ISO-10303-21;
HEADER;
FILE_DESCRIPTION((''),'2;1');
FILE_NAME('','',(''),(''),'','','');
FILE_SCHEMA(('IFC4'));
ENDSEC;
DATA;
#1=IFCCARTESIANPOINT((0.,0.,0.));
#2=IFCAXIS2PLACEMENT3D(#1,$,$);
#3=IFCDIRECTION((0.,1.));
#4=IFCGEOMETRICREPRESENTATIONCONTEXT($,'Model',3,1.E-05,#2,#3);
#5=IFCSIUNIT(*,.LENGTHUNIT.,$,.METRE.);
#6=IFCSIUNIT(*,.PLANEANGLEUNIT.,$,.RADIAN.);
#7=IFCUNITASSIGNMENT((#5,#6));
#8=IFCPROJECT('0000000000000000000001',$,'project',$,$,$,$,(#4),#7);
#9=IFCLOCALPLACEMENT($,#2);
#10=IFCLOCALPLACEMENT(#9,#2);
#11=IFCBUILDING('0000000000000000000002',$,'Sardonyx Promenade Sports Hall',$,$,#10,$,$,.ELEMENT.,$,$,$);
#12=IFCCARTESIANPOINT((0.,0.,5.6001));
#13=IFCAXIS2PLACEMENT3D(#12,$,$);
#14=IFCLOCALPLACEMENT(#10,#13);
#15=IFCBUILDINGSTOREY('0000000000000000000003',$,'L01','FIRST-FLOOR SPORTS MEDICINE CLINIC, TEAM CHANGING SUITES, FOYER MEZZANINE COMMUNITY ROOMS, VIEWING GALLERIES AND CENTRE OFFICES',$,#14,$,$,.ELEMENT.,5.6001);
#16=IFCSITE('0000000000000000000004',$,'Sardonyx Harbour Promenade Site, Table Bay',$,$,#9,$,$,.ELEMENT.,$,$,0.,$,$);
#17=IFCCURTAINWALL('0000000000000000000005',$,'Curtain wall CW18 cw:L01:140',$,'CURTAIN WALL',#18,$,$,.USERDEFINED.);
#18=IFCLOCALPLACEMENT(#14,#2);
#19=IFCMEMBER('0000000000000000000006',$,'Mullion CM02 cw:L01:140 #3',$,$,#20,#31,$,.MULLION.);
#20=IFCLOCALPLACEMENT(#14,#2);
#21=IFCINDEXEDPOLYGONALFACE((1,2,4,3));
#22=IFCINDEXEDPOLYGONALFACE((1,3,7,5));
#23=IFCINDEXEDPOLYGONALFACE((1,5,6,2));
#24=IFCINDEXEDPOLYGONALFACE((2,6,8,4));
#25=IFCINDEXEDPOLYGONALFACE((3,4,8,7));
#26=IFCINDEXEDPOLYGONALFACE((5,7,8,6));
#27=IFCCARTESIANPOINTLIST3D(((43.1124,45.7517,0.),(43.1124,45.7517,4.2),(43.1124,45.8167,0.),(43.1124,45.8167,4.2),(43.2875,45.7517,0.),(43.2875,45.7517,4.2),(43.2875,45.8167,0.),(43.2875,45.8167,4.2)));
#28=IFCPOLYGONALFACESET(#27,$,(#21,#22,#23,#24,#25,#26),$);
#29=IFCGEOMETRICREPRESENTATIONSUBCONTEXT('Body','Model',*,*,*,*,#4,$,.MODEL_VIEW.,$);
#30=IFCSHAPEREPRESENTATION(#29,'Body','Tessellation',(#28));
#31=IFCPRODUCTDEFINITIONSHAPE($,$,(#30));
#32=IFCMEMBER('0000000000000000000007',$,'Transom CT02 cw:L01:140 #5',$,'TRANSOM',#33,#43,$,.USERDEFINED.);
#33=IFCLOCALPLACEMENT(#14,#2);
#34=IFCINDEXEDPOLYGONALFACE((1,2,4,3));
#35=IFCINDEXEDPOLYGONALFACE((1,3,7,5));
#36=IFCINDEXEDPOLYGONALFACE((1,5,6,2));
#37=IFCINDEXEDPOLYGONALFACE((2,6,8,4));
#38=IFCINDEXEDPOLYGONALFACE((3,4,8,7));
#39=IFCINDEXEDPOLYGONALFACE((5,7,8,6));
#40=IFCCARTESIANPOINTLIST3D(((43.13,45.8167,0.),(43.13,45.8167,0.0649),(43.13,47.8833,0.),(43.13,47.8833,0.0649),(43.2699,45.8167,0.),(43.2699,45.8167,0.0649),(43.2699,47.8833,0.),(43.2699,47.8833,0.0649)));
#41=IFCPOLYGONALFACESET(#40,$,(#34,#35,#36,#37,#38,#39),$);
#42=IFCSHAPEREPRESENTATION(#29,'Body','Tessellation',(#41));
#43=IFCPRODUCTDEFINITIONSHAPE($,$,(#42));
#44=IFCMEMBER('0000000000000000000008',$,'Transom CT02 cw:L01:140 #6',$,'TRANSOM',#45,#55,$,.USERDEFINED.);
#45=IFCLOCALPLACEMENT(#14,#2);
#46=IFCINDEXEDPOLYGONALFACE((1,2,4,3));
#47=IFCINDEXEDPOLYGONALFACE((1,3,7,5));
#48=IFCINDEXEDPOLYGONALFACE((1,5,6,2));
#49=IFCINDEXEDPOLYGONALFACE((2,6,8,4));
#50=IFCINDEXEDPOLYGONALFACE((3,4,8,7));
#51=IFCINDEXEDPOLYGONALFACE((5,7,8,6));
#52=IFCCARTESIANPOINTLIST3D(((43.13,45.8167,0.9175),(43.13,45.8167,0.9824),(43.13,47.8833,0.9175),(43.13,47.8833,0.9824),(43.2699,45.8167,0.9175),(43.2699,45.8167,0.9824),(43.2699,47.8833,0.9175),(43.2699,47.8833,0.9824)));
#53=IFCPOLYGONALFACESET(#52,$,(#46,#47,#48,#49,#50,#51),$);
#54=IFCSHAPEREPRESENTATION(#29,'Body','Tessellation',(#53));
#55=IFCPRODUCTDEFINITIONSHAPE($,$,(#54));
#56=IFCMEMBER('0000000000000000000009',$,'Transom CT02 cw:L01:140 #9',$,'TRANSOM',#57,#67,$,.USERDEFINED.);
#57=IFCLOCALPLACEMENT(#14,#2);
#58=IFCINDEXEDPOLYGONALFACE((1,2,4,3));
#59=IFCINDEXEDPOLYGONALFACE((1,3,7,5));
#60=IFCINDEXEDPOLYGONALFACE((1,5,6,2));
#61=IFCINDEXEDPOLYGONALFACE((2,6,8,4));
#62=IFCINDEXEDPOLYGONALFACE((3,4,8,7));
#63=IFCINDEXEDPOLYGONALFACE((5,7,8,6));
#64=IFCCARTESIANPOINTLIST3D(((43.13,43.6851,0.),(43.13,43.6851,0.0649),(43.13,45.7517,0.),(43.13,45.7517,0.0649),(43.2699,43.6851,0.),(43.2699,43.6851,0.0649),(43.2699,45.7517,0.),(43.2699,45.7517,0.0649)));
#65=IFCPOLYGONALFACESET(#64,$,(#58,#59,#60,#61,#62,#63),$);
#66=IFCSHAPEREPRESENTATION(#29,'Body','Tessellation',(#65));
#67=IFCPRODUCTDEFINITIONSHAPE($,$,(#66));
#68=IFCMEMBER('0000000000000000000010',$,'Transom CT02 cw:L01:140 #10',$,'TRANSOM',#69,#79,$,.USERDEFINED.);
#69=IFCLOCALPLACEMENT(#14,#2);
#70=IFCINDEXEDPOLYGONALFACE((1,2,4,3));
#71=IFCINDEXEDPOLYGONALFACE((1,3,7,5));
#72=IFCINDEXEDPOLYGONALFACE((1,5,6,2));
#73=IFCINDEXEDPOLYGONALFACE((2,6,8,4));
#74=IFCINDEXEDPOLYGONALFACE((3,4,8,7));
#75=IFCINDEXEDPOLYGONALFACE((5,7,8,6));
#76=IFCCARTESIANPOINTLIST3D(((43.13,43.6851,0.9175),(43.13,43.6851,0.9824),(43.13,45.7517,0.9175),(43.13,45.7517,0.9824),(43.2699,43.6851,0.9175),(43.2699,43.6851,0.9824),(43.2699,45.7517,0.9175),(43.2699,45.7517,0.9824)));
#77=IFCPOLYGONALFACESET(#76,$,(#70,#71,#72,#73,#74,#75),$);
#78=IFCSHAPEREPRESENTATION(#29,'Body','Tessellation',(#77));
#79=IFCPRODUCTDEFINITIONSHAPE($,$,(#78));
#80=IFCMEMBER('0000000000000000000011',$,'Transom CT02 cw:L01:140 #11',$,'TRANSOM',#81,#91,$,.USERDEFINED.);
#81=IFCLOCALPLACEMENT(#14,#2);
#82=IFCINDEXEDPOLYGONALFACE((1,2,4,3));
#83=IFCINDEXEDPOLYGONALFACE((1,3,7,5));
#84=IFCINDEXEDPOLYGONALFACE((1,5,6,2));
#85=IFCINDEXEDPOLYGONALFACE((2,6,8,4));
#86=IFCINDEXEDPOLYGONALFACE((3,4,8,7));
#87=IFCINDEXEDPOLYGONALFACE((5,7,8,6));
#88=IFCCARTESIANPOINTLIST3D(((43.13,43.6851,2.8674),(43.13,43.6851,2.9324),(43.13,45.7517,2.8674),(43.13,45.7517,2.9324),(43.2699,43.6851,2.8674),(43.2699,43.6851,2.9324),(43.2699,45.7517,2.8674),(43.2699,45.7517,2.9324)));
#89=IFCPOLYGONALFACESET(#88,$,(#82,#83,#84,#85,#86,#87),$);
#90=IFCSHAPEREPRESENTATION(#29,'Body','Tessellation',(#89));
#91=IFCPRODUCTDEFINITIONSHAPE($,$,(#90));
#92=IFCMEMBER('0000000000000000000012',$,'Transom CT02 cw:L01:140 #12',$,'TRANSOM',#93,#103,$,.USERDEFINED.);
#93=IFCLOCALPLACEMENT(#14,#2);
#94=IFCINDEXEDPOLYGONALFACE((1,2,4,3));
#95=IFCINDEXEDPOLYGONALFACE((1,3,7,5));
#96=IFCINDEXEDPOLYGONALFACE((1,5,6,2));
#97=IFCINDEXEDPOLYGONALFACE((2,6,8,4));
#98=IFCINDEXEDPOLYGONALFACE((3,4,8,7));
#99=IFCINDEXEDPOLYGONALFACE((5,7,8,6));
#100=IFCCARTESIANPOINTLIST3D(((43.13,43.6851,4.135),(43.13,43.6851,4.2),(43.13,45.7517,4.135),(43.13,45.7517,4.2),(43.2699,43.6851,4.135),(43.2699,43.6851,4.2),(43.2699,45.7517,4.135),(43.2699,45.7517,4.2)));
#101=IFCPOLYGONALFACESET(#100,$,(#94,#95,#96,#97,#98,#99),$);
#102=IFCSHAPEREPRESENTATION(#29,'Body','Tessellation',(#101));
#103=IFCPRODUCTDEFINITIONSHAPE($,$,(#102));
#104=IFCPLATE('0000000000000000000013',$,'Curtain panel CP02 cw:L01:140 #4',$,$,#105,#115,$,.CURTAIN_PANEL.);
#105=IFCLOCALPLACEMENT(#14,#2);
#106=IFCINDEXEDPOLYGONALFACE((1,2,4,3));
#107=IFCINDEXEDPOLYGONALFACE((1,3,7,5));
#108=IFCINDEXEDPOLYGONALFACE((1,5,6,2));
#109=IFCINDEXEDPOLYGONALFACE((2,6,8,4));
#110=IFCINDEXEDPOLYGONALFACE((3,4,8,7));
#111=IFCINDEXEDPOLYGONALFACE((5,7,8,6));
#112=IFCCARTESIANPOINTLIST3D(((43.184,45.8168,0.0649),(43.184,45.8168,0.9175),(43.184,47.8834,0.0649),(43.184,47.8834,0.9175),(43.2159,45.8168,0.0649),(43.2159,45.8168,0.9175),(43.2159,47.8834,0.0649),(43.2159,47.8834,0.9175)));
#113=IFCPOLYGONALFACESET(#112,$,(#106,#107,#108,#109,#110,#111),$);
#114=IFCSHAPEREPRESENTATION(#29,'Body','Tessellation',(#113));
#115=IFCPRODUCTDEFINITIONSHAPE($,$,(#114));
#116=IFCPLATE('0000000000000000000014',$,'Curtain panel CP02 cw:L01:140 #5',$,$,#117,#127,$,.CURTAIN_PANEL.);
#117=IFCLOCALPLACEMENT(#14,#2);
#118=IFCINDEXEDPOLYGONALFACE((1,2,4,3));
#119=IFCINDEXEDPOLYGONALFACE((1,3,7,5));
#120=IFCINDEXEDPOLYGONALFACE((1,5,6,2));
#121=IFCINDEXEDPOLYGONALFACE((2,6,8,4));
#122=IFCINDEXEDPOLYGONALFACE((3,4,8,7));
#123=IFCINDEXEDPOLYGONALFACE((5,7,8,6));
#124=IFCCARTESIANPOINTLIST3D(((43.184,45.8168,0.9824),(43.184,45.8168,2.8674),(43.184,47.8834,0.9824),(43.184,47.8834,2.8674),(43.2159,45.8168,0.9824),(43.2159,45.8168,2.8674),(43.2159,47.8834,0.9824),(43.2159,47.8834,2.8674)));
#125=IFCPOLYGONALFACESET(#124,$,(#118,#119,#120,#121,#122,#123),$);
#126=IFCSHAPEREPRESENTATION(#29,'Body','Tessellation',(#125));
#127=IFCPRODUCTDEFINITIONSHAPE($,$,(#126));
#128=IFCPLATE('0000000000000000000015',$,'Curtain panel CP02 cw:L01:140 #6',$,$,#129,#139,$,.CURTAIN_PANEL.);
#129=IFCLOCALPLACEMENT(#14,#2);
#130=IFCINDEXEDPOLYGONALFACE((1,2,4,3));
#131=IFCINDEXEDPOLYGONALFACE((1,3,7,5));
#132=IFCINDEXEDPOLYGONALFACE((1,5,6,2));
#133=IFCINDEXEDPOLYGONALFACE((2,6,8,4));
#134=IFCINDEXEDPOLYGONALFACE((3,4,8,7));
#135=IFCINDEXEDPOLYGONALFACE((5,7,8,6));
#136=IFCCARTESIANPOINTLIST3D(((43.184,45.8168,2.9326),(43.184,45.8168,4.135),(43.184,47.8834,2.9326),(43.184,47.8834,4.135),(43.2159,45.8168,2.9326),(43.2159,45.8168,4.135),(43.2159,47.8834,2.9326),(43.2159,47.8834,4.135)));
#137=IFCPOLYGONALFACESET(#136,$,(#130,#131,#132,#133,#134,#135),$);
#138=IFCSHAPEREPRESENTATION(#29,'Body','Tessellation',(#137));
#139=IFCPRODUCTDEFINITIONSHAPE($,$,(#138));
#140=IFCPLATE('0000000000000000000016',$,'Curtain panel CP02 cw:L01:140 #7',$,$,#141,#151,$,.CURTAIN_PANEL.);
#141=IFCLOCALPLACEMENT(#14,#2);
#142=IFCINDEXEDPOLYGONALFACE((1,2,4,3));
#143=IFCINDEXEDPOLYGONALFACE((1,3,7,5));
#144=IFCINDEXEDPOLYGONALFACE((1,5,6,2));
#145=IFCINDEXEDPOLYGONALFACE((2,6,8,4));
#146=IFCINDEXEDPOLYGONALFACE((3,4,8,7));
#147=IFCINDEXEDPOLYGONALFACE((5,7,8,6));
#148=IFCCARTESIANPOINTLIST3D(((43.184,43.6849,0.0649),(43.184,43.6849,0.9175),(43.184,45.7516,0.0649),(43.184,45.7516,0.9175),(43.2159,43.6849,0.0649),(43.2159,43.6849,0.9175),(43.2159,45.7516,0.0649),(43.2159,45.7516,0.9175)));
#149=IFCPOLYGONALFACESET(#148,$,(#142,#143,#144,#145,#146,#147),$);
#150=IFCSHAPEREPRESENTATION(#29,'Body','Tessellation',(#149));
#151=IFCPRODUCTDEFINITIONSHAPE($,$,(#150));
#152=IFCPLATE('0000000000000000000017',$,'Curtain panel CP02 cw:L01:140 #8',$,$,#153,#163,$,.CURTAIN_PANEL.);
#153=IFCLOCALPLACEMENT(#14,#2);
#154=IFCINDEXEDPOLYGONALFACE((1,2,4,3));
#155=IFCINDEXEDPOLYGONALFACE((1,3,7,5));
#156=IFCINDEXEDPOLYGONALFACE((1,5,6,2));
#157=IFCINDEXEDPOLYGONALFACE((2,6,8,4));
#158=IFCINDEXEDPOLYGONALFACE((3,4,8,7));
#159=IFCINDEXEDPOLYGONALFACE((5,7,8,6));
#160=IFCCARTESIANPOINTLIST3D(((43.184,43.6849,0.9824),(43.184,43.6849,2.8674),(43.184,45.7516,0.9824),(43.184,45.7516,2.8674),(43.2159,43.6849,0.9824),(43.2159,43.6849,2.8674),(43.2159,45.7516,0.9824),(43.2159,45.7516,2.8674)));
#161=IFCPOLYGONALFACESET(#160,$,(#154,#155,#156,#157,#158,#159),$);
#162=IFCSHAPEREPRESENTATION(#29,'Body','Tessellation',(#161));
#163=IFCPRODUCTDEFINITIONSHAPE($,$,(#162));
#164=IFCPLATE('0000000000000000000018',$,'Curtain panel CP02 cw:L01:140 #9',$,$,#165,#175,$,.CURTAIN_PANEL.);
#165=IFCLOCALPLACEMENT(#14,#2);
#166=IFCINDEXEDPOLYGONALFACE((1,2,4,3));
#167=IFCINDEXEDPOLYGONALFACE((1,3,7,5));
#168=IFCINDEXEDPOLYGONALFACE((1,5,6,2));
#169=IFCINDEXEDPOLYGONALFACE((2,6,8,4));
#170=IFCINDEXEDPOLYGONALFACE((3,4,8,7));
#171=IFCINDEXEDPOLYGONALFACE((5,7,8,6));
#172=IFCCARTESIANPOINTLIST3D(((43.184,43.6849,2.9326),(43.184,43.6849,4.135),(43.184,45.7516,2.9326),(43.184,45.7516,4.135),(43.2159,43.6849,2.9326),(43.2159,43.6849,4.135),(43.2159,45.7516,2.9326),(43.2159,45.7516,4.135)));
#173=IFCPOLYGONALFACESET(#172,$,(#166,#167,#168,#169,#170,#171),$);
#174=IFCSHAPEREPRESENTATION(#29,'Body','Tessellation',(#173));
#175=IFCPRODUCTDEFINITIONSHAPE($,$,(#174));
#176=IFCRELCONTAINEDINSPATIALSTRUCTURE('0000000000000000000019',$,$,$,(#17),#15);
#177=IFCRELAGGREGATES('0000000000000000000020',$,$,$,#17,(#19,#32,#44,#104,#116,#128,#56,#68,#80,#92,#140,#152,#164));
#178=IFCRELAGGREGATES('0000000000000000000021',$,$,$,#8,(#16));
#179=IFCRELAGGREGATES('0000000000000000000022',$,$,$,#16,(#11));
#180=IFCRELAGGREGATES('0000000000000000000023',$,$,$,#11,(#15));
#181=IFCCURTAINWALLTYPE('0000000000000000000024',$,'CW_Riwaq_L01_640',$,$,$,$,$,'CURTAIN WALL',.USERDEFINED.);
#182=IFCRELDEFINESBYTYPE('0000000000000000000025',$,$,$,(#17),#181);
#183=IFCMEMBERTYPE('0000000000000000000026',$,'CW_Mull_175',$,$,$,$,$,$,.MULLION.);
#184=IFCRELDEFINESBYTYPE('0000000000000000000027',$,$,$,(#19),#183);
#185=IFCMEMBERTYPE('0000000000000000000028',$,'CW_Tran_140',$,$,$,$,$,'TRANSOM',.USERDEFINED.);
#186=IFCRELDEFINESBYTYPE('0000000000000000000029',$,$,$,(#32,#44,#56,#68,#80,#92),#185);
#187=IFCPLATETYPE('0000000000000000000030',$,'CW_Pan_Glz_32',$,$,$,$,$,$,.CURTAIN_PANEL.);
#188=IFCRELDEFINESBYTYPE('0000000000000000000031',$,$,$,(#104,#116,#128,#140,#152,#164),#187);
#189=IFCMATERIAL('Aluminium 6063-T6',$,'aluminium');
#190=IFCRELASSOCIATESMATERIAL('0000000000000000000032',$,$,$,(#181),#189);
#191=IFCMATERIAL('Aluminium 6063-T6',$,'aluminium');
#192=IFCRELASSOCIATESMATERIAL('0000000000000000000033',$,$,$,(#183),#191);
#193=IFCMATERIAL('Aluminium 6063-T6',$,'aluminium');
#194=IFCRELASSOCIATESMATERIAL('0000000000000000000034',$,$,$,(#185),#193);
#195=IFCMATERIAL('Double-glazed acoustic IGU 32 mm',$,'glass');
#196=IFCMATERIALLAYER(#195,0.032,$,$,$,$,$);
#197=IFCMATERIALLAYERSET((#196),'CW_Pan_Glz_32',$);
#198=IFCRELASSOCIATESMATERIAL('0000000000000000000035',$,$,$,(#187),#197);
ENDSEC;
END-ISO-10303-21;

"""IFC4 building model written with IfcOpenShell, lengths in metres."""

from ifc_helpers import new_model, si_unit, direction, frame, origin, origin_2d, place, context, subcontext, project, spatial, rectangle, extrude, material, layer, layer_set, material_profile, profile_set, type_object, element, aggregate, save


model = new_model("IFC4")

# Units and contexts
model_context = context("Model", 3, precision=1e-05, world=origin(), true_north=direction((0.0, 1.0)))
body_context = subcontext(model_context, "Body", "Model", "MODEL_VIEW")
ifc_project = project(units=[si_unit("LENGTHUNIT", "METRE"), si_unit("PLANEANGLEUNIT", "RADIAN")], contexts=[model_context])

# Site, building, storey
site_placement = place(None, origin())
site = spatial("IfcSite", under=ifc_project, at=site_placement, Name="Sardonyx Harbour Promenade Site, Table Bay", CompositionType="ELEMENT", RefElevation=0.0)
building_placement = place(site_placement, origin())
building = spatial("IfcBuilding", under=site, at=building_placement, Name="Sardonyx Promenade Sports Hall", CompositionType="ELEMENT")
storey_placement = place(building_placement, frame((0.0, 0.0, 5.6001)))
storey = spatial("IfcBuildingStorey", under=building, at=storey_placement, Name="L01", Description="FIRST-FLOOR SPORTS MEDICINE CLINIC, TEAM CHANGING SUITES, FOYER MEZZANINE COMMUNITY ROOMS, VIEWING GALLERIES AND CENTRE OFFICES", CompositionType="ELEMENT", Elevation=5.6001)

# Curtain wall, members, plates
ifc_material_1 = material(Name="Aluminium 6063-T6", Category="aluminium")
curtain_wall_type = type_object("IfcCurtainWallType", Name="CW_Riwaq_L01_640", ElementType="CURTAIN WALL", PredefinedType="USERDEFINED", material=ifc_material_1)
curtain_wall_placement = place(storey_placement, origin())
curtain_wall = element("IfcCurtainWall", 1, at=curtain_wall_placement, inside=storey, type_object=curtain_wall_type, Name="Curtain wall CW18 cw:L01:140", ObjectType="CURTAIN WALL", PredefinedType="USERDEFINED")
ifc_material_2 = material(Name="Aluminium 6063-T6", Category="aluminium")
ifc_material_profile_1 = material_profile(ifc_material_2, rectangle(XDim=0.0649, YDim=0.175, at=origin_2d()))
ifc_profile_set_1 = profile_set([ifc_material_profile_1], Name="Aluminium 6063-T6")
member_type_1 = type_object("IfcMemberType", Name="CW_Mull_175", PredefinedType="MULLION", material=ifc_profile_set_1)
member_1_placement = place(storey_placement, frame((43.2, 45.7842, 0.0), z_axis=(0.0, 0.0, 1.0), x_axis=(0.0, -1.0, 0.0)))
member_1 = element("IfcMember", 2, at=member_1_placement, type_object=member_type_1, Name="Mullion CM02 cw:L01:140 #3", PredefinedType="MULLION", context=body_context, shape_type="SweptSolid", body=[
    extrude(rectangle(XDim=0.0649, YDim=0.175, at=origin_2d()), origin(), (0.0, 0.0, 1.0), 4.2),
])
ifc_material_3 = material(Name="Aluminium 6063-T6", Category="aluminium")
ifc_material_profile_2 = material_profile(ifc_material_3, rectangle(XDim=0.0649, YDim=0.1399, at=origin_2d()))
ifc_profile_set_2 = profile_set([ifc_material_profile_2], Name="Aluminium 6063-T6")
member_type_2 = type_object("IfcMemberType", Name="CW_Tran_140", ElementType="TRANSOM", PredefinedType="USERDEFINED", material=ifc_profile_set_2)
member_2_placement = place(storey_placement, frame((43.2, 47.8833, 0.0325), z_axis=(0.0, -1.0, 0.0), x_axis=(0.0, 0.0, 1.0)))
member_2 = element("IfcMember", 3, at=member_2_placement, type_object=member_type_2, Name="Transom CT02 cw:L01:140 #5", ObjectType="TRANSOM", PredefinedType="USERDEFINED", context=body_context, shape_type="SweptSolid", body=[
    extrude(rectangle(XDim=0.0649, YDim=0.1399, at=origin_2d()), origin(), (0.0, 0.0, 1.0), 2.0667),
])
member_3_placement = place(storey_placement, frame((43.2, 47.8833, 0.95), z_axis=(0.0, -1.0, 0.0), x_axis=(0.0, 0.0, 1.0)))
member_3 = element("IfcMember", 4, at=member_3_placement, type_object=member_type_2, Name="Transom CT02 cw:L01:140 #6", ObjectType="TRANSOM", PredefinedType="USERDEFINED", context=body_context, shape_type="SweptSolid", body=[
    extrude(rectangle(XDim=0.0649, YDim=0.1399, at=origin_2d()), origin(), (0.0, 0.0, 1.0), 2.0667),
])
member_4_placement = place(storey_placement, frame((43.2, 45.7517, 0.0325), z_axis=(0.0, -1.0, 0.0), x_axis=(0.0, 0.0, 1.0)))
member_4 = element("IfcMember", 5, at=member_4_placement, type_object=member_type_2, Name="Transom CT02 cw:L01:140 #9", ObjectType="TRANSOM", PredefinedType="USERDEFINED", context=body_context, shape_type="SweptSolid", body=[
    extrude(rectangle(XDim=0.0649, YDim=0.1399, at=origin_2d()), origin(), (0.0, 0.0, 1.0), 2.0667),
])
member_5_placement = place(storey_placement, frame((43.2, 45.7517, 0.95), z_axis=(0.0, -1.0, 0.0), x_axis=(0.0, 0.0, 1.0)))
member_5 = element("IfcMember", 6, at=member_5_placement, type_object=member_type_2, Name="Transom CT02 cw:L01:140 #10", ObjectType="TRANSOM", PredefinedType="USERDEFINED", context=body_context, shape_type="SweptSolid", body=[
    extrude(rectangle(XDim=0.0649, YDim=0.1399, at=origin_2d()), origin(), (0.0, 0.0, 1.0), 2.0667),
])
member_6_placement = place(storey_placement, frame((43.2, 45.7517, 2.8999), z_axis=(0.0, -1.0, 0.0), x_axis=(0.0, 0.0, 1.0)))
member_6 = element("IfcMember", 7, at=member_6_placement, type_object=member_type_2, Name="Transom CT02 cw:L01:140 #11", ObjectType="TRANSOM", PredefinedType="USERDEFINED", context=body_context, shape_type="SweptSolid", body=[
    extrude(rectangle(XDim=0.0649, YDim=0.1399, at=origin_2d()), origin(), (0.0, 0.0, 1.0), 2.0667),
])
member_7_placement = place(storey_placement, frame((43.2, 45.7517, 4.1675), z_axis=(0.0, -1.0, 0.0), x_axis=(0.0, 0.0, 1.0)))
member_7 = element("IfcMember", 8, at=member_7_placement, type_object=member_type_2, Name="Transom CT02 cw:L01:140 #12", ObjectType="TRANSOM", PredefinedType="USERDEFINED", context=body_context, shape_type="SweptSolid", body=[
    extrude(rectangle(XDim=0.0649, YDim=0.1399, at=origin_2d()), origin(), (0.0, 0.0, 1.0), 2.0667),
])
ifc_material_4 = material(Name="Double-glazed acoustic IGU 32 mm", Category="glass")
ifc_layer_1 = layer(ifc_material_4, 0.032)
ifc_layer_set_1 = layer_set([ifc_layer_1], Name="CW_Pan_Glz_32")
plate_type = type_object("IfcPlateType", Name="CW_Pan_Glz_32", PredefinedType="CURTAIN_PANEL", material=ifc_layer_set_1)
plate_1_placement = place(storey_placement, frame((43.2, 46.8501, 0.0649), z_axis=(0.0, 0.0, 1.0), x_axis=(0.0, -1.0, 0.0)))
plate_1 = element("IfcPlate", 9, at=plate_1_placement, type_object=plate_type, Name="Curtain panel CP02 cw:L01:140 #4", PredefinedType="CURTAIN_PANEL", context=body_context, shape_type="SweptSolid", body=[
    extrude(rectangle(XDim=2.0667, YDim=0.032, at=origin_2d()), origin(), (0.0, 0.0, 1.0), 0.8525),
])
plate_2_placement = place(storey_placement, frame((43.2, 46.8501, 0.9824), z_axis=(0.0, 0.0, 1.0), x_axis=(0.0, -1.0, 0.0)))
plate_2 = element("IfcPlate", 10, at=plate_2_placement, type_object=plate_type, Name="Curtain panel CP02 cw:L01:140 #5", PredefinedType="CURTAIN_PANEL", context=body_context, shape_type="SweptSolid", body=[
    extrude(rectangle(XDim=2.0667, YDim=0.032, at=origin_2d()), origin(), (0.0, 0.0, 1.0), 1.885),
])
plate_3_placement = place(storey_placement, frame((43.2, 46.8501, 2.9326), z_axis=(0.0, 0.0, 1.0), x_axis=(0.0, -1.0, 0.0)))
plate_3 = element("IfcPlate", 11, at=plate_3_placement, type_object=plate_type, Name="Curtain panel CP02 cw:L01:140 #6", PredefinedType="CURTAIN_PANEL", context=body_context, shape_type="SweptSolid", body=[
    extrude(rectangle(XDim=2.0667, YDim=0.032, at=origin_2d()), origin(), (0.0, 0.0, 1.0), 1.2024),
])
plate_4_placement = place(storey_placement, frame((43.2, 44.7183, 0.0649), z_axis=(0.0, 0.0, 1.0), x_axis=(0.0, -1.0, 0.0)))
plate_4 = element("IfcPlate", 12, at=plate_4_placement, type_object=plate_type, Name="Curtain panel CP02 cw:L01:140 #7", PredefinedType="CURTAIN_PANEL", context=body_context, shape_type="SweptSolid", body=[
    extrude(rectangle(XDim=2.0667, YDim=0.032, at=origin_2d()), origin(), (0.0, 0.0, 1.0), 0.8525),
])
plate_5_placement = place(storey_placement, frame((43.2, 44.7183, 0.9824), z_axis=(0.0, 0.0, 1.0), x_axis=(0.0, -1.0, 0.0)))
plate_5 = element("IfcPlate", 13, at=plate_5_placement, type_object=plate_type, Name="Curtain panel CP02 cw:L01:140 #8", PredefinedType="CURTAIN_PANEL", context=body_context, shape_type="SweptSolid", body=[
    extrude(rectangle(XDim=2.0667, YDim=0.032, at=origin_2d()), origin(), (0.0, 0.0, 1.0), 1.885),
])
plate_6_placement = place(storey_placement, frame((43.2, 44.7183, 2.9326), z_axis=(0.0, 0.0, 1.0), x_axis=(0.0, -1.0, 0.0)))
plate_6 = element("IfcPlate", 14, at=plate_6_placement, type_object=plate_type, Name="Curtain panel CP02 cw:L01:140 #9", PredefinedType="CURTAIN_PANEL", context=body_context, shape_type="SweptSolid", body=[
    extrude(rectangle(XDim=2.0667, YDim=0.032, at=origin_2d()), origin(), (0.0, 0.0, 1.0), 1.2024),
])
aggregate(curtain_wall, [member_1, member_2, member_3, plate_1, plate_2, plate_3, member_4, member_5, member_6, member_7, plate_4, plate_5, plate_6])

save(model, "model.ifc")
